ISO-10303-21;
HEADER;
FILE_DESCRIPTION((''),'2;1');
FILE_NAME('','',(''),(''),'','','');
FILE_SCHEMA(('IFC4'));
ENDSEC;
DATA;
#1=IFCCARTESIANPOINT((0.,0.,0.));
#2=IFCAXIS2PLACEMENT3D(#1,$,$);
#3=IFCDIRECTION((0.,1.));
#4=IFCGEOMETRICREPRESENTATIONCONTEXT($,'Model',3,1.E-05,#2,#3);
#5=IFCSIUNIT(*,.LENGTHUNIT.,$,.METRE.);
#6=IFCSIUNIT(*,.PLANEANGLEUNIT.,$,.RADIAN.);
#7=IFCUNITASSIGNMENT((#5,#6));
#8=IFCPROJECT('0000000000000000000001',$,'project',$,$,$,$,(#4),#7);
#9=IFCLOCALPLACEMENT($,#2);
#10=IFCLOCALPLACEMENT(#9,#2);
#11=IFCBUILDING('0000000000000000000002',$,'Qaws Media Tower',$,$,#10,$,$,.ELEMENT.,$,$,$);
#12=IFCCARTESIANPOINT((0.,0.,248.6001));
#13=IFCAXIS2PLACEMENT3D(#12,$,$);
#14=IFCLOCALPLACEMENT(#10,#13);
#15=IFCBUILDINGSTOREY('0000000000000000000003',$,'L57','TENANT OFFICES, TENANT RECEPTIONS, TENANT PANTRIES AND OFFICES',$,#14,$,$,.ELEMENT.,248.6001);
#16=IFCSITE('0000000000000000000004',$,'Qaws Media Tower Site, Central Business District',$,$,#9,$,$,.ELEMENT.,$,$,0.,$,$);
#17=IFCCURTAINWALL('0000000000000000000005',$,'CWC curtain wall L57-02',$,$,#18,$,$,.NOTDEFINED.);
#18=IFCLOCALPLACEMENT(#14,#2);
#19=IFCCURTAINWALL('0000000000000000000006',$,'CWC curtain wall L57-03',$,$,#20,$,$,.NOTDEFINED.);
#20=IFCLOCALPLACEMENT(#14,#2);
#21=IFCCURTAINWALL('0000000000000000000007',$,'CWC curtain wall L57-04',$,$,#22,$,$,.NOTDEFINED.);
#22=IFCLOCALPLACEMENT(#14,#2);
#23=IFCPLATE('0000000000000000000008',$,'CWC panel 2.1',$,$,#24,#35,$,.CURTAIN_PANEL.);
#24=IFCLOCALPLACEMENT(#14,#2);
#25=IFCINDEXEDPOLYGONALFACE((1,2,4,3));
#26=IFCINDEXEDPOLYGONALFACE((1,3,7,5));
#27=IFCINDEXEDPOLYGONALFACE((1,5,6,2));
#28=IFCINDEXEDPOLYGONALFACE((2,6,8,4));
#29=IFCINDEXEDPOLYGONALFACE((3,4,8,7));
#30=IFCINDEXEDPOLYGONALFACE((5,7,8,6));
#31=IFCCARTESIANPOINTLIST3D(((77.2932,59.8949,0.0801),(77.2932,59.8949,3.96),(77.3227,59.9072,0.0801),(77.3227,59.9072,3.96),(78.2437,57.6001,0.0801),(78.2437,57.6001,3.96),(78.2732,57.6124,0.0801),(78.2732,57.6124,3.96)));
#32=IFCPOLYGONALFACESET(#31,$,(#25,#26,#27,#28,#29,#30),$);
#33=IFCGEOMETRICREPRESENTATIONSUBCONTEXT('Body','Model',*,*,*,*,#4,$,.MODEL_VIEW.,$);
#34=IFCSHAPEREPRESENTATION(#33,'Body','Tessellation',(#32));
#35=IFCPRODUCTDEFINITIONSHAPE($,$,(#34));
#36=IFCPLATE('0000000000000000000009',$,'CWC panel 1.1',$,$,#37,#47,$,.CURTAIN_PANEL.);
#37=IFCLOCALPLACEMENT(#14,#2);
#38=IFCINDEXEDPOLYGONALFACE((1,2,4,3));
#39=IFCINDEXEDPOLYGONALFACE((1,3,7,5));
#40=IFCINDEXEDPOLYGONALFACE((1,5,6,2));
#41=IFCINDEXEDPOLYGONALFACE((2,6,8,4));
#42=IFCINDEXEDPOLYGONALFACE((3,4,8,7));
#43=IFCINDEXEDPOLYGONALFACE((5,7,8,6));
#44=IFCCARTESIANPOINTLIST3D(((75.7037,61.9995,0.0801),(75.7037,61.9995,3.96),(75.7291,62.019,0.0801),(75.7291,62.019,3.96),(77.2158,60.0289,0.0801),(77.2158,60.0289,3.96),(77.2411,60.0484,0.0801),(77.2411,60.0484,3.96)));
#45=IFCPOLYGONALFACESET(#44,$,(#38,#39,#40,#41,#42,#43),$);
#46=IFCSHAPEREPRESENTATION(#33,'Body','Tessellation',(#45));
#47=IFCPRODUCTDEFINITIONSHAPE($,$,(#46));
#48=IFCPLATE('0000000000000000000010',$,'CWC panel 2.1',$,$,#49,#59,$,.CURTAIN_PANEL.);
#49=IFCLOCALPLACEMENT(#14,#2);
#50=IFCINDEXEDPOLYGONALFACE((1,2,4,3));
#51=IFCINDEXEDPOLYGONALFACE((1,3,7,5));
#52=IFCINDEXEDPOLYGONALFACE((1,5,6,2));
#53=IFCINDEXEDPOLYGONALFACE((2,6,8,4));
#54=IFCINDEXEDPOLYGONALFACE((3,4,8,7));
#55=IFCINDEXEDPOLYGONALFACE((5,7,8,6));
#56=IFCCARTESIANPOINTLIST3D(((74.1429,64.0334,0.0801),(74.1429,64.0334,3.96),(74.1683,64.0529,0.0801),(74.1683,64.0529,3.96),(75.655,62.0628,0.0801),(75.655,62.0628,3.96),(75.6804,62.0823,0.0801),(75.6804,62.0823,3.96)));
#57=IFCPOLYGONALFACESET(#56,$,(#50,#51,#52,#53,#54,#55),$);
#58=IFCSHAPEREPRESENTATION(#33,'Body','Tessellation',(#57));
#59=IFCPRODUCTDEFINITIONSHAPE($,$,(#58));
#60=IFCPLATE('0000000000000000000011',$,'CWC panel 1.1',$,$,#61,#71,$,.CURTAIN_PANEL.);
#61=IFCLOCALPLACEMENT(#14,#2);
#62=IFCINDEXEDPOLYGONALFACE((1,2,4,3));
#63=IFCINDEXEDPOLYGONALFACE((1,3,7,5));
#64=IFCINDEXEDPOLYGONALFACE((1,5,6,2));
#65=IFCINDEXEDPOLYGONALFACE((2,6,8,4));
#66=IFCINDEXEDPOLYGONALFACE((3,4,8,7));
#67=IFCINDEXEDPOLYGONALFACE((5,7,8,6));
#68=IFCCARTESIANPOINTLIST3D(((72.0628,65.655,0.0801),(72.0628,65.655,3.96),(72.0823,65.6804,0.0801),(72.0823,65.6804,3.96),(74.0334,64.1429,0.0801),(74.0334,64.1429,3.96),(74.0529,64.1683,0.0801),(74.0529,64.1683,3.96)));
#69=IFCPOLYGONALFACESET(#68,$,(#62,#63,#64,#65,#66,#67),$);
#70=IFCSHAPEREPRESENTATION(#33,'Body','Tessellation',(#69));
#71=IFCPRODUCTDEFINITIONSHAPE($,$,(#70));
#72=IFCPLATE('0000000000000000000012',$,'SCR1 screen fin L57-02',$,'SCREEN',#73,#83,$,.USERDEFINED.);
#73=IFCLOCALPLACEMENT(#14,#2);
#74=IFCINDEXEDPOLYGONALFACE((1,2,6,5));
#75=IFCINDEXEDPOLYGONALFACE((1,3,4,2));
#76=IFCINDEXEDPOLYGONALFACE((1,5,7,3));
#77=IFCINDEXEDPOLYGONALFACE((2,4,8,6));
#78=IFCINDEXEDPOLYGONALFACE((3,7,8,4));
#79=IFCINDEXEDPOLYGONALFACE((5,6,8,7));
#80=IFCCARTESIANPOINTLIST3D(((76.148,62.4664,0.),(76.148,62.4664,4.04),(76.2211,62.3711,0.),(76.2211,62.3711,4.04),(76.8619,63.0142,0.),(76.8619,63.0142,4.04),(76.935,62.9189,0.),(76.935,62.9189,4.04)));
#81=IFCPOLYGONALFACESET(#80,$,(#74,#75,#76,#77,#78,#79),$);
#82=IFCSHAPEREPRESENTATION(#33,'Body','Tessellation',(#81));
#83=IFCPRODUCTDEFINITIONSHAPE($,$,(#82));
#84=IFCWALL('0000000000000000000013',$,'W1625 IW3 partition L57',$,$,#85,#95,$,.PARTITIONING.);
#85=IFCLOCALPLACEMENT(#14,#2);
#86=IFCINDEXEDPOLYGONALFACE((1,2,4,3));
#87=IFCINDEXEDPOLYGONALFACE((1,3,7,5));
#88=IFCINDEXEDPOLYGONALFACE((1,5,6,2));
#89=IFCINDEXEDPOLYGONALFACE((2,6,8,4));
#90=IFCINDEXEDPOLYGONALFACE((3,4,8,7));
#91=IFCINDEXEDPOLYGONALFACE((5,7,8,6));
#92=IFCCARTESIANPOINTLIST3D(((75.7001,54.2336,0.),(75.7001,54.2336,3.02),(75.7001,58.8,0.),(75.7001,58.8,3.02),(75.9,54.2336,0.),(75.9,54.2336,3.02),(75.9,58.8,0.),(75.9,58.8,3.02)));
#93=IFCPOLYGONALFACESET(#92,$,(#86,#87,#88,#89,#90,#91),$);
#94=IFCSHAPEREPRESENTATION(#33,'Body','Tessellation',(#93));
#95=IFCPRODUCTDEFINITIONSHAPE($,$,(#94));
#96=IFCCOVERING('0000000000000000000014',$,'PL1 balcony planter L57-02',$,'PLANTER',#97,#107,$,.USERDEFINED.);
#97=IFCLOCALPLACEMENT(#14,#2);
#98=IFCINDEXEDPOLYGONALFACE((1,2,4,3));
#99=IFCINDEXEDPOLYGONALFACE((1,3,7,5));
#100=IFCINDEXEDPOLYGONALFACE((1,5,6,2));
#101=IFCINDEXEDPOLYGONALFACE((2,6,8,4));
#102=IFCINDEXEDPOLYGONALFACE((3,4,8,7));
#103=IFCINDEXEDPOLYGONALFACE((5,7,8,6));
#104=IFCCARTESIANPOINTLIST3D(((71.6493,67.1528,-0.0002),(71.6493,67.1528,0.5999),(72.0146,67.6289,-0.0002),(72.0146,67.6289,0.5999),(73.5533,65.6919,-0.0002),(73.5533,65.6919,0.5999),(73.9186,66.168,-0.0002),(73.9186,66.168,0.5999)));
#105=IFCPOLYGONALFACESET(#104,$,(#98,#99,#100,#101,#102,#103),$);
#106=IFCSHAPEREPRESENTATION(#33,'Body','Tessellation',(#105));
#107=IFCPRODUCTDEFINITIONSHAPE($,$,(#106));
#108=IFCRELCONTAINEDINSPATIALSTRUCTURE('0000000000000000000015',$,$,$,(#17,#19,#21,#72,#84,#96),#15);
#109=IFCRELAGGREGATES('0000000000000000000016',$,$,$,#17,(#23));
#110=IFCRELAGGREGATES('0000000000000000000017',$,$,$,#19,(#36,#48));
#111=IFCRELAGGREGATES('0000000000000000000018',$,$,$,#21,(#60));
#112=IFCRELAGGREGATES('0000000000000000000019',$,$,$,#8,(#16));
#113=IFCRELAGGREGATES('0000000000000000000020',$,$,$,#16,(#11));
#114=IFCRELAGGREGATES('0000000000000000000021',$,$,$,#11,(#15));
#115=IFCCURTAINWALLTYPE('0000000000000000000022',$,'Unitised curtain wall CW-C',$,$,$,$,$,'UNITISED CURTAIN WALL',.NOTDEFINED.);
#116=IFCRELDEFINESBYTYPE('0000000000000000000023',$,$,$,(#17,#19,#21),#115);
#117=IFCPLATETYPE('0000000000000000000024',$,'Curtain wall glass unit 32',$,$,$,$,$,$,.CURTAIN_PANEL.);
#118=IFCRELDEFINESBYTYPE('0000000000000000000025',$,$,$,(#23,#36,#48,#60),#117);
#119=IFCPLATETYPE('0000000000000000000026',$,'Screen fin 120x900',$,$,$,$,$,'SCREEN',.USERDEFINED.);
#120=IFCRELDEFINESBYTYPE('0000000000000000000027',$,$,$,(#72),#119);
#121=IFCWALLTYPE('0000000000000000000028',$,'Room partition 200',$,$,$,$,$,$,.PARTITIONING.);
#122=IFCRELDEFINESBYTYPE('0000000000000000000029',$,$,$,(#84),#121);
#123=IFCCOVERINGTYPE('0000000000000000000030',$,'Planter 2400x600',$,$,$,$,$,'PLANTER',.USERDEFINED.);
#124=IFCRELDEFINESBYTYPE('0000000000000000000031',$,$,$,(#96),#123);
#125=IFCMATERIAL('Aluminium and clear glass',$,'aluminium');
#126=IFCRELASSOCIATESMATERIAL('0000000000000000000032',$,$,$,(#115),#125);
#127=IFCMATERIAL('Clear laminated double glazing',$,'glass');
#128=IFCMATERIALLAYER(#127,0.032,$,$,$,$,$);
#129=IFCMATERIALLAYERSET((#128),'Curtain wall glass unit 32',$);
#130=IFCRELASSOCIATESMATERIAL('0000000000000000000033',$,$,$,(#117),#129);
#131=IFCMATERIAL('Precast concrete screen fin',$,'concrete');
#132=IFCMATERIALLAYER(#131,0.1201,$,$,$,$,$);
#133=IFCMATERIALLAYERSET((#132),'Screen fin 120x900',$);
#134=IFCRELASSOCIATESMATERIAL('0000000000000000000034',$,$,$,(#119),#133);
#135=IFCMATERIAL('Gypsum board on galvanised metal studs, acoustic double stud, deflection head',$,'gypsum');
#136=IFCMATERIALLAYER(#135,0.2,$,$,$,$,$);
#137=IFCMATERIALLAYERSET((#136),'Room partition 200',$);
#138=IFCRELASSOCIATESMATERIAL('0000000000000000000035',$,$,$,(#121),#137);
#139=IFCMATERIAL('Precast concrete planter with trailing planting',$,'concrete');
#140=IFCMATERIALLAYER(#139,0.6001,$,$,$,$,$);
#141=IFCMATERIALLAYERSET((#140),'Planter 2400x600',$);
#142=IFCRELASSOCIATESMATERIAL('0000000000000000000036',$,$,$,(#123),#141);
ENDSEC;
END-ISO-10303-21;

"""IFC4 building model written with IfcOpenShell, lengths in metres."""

from ifc_helpers import new_model, si_unit, direction, frame, frame_2d, origin, origin_2d, place, context, subcontext, project, spatial, rectangle, extrude, material, layer, layer_set, type_object, element, aggregate, save


model = new_model("IFC4")

# Units and contexts
model_context = context("Model", 3, precision=1e-05, world=origin(), true_north=direction((0.0, 1.0)))
body_context = subcontext(model_context, "Body", "Model", "MODEL_VIEW")
ifc_project = project(units=[si_unit("LENGTHUNIT", "METRE"), si_unit("PLANEANGLEUNIT", "RADIAN")], contexts=[model_context])

# Site, building, storey
site_placement = place(None, origin())
site = spatial("IfcSite", under=ifc_project, at=site_placement, Name="Qaws Media Tower Site, Central Business District", CompositionType="ELEMENT", RefElevation=0.0)
building_placement = place(site_placement, origin())
building = spatial("IfcBuilding", under=site, at=building_placement, Name="Qaws Media Tower", CompositionType="ELEMENT")
storey_placement = place(building_placement, frame((0.0, 0.0, 248.6001)))
storey = spatial("IfcBuildingStorey", under=building, at=storey_placement, Name="L57", Description="TENANT OFFICES, TENANT RECEPTIONS, TENANT PANTRIES AND OFFICES", CompositionType="ELEMENT", Elevation=248.6001)

# Curtain wall
ifc_material_1 = material(Name="Aluminium and clear glass", Category="aluminium")
curtain_wall_type = type_object("IfcCurtainWallType", Name="Unitised curtain wall CW-C", ElementType="UNITISED CURTAIN WALL", PredefinedType="NOTDEFINED", material=ifc_material_1)
curtain_wall_1_placement = place(storey_placement, origin())
curtain_wall_1 = element("IfcCurtainWall", 1, at=curtain_wall_1_placement, inside=storey, type_object=curtain_wall_type, Name="CWC curtain wall L57-02", PredefinedType="NOTDEFINED")

# Curtain walls
curtain_wall_2_placement = place(storey_placement, origin())
curtain_wall_2 = element("IfcCurtainWall", 2, at=curtain_wall_2_placement, inside=storey, type_object=curtain_wall_type, Name="CWC curtain wall L57-03", PredefinedType="NOTDEFINED")
curtain_wall_3_placement = place(storey_placement, origin())
curtain_wall_3 = element("IfcCurtainWall", 3, at=curtain_wall_3_placement, inside=storey, type_object=curtain_wall_type, Name="CWC curtain wall L57-04", PredefinedType="NOTDEFINED")

# Plates
ifc_material_2 = material(Name="Clear laminated double glazing", Category="glass")
ifc_layer_1 = layer(ifc_material_2, 0.032)
ifc_layer_set_1 = layer_set([ifc_layer_1], Name="Curtain wall glass unit 32")
plate_type_1 = type_object("IfcPlateType", Name="Curtain wall glass unit 32", PredefinedType="CURTAIN_PANEL", material=ifc_layer_set_1)
plate_1_placement = place(storey_placement, frame((77.7832, 58.7537, 0.0801), z_axis=(0.0, 0.0, 1.0), x_axis=(-0.382683, 0.92388, 0.0)))
plate_1 = element("IfcPlate", 4, at=plate_1_placement, type_object=plate_type_1, Name="CWC panel 2.1", PredefinedType="CURTAIN_PANEL", context=body_context, shape_type="SweptSolid", body=[
    extrude(rectangle(XDim=2.4839, YDim=0.032, at=origin_2d()), origin(), (0.0, 0.0, 1.0), 3.8799),
])
aggregate(curtain_wall_1, [plate_1])
plate_2_placement = place(storey_placement, frame((76.4724, 61.0239, 0.0801), z_axis=(0.0, 0.0, 1.0), x_axis=(-0.608762, 0.793353, 0.0)))
plate_2 = element("IfcPlate", 5, at=plate_2_placement, type_object=plate_type_1, Name="CWC panel 1.1", PredefinedType="CURTAIN_PANEL", context=body_context, shape_type="SweptSolid", body=[
    extrude(rectangle(XDim=2.4839, YDim=0.032, at=origin_2d()), origin(), (0.0, 0.0, 1.0), 3.8799),
])
plate_3_placement = place(storey_placement, frame((74.9116, 63.0579, 0.0801), z_axis=(0.0, 0.0, 1.0), x_axis=(-0.608762, 0.793353, 0.0)))
plate_3 = element("IfcPlate", 6, at=plate_3_placement, type_object=plate_type_1, Name="CWC panel 2.1", PredefinedType="CURTAIN_PANEL", context=body_context, shape_type="SweptSolid", body=[
    extrude(rectangle(XDim=2.4839, YDim=0.032, at=origin_2d()), origin(), (0.0, 0.0, 1.0), 3.8799),
])
aggregate(curtain_wall_2, [plate_2, plate_3])
plate_4_placement = place(storey_placement, frame((73.0579, 64.9116, 0.0801), z_axis=(0.0, 0.0, 1.0), x_axis=(-0.793353, 0.608762, 0.0)))
plate_4 = element("IfcPlate", 7, at=plate_4_placement, type_object=plate_type_1, Name="CWC panel 1.1", PredefinedType="CURTAIN_PANEL", context=body_context, shape_type="SweptSolid", body=[
    extrude(rectangle(XDim=2.4839, YDim=0.032, at=origin_2d()), origin(), (0.0, 0.0, 1.0), 3.8799),
])
aggregate(curtain_wall_3, [plate_4])
ifc_material_3 = material(Name="Precast concrete screen fin", Category="concrete")
ifc_layer_2 = layer(ifc_material_3, 0.1201)
ifc_layer_set_2 = layer_set([ifc_layer_2], Name="Screen fin 120x900")
plate_type_2 = type_object("IfcPlateType", Name="Screen fin 120x900", ElementType="SCREEN", PredefinedType="USERDEFINED", material=ifc_layer_set_2)
plate_5_placement = place(storey_placement, frame((76.5415, 62.6926, 0.0), z_axis=(0.0, 0.0, 1.0), x_axis=(0.793353, 0.608761, 0.0)))
element("IfcPlate", 8, at=plate_5_placement, inside=storey, type_object=plate_type_2, Name="SCR1 screen fin L57-02", ObjectType="SCREEN", PredefinedType="USERDEFINED", context=body_context, shape_type="SweptSolid", body=[
    extrude(rectangle(XDim=0.8999, YDim=0.1201, at=origin_2d()), origin(), (0.0, 0.0, 1.0), 4.04),
])

# Wall
ifc_material_4 = material(Name="Gypsum board on galvanised metal studs, acoustic double stud, deflection head", Category="gypsum")
ifc_layer_3 = layer(ifc_material_4, 0.2)
ifc_layer_set_3 = layer_set([ifc_layer_3], Name="Room partition 200")
wall_type = type_object("IfcWallType", Name="Room partition 200", PredefinedType="PARTITIONING", material=ifc_layer_set_3)
wall_placement = place(storey_placement, frame((75.8, 58.8, 0.0), z_axis=(0.0, 0.0, 1.0), x_axis=(0.0, -1.0, 0.0)))
element("IfcWall", 9, at=wall_placement, inside=storey, type_object=wall_type, Name="W1625 IW3 partition L57", PredefinedType="PARTITIONING", context=body_context, shape_type="SweptSolid", body=[
    extrude(rectangle(XDim=4.5664, YDim=0.2, at=frame_2d((2.2832, 0.0))), origin(), (0.0, 0.0, 1.0), 3.02),
])

# Covering
ifc_material_5 = material(Name="Precast concrete planter with trailing planting", Category="concrete")
ifc_layer_4 = layer(ifc_material_5, 0.6001)
ifc_layer_set_4 = layer_set([ifc_layer_4], Name="Planter 2400x600")
covering_type = type_object("IfcCoveringType", Name="Planter 2400x600", ElementType="PLANTER", PredefinedType="USERDEFINED", material=ifc_layer_set_4)
covering_placement = place(storey_placement, frame((72.7839, 66.6604, -0.0002), z_axis=(0.0, 0.0, 1.0), x_axis=(-0.793353, 0.608761, 0.0)))
element("IfcCovering", 10, at=covering_placement, inside=storey, type_object=covering_type, Name="PL1 balcony planter L57-02", ObjectType="PLANTER", PredefinedType="USERDEFINED", context=body_context, shape_type="SweptSolid", body=[
    extrude(rectangle(XDim=2.3999, YDim=0.6001, at=origin_2d()), origin(), (0.0, 0.0, 1.0), 0.6001),
])

save(model, "model.ifc")
